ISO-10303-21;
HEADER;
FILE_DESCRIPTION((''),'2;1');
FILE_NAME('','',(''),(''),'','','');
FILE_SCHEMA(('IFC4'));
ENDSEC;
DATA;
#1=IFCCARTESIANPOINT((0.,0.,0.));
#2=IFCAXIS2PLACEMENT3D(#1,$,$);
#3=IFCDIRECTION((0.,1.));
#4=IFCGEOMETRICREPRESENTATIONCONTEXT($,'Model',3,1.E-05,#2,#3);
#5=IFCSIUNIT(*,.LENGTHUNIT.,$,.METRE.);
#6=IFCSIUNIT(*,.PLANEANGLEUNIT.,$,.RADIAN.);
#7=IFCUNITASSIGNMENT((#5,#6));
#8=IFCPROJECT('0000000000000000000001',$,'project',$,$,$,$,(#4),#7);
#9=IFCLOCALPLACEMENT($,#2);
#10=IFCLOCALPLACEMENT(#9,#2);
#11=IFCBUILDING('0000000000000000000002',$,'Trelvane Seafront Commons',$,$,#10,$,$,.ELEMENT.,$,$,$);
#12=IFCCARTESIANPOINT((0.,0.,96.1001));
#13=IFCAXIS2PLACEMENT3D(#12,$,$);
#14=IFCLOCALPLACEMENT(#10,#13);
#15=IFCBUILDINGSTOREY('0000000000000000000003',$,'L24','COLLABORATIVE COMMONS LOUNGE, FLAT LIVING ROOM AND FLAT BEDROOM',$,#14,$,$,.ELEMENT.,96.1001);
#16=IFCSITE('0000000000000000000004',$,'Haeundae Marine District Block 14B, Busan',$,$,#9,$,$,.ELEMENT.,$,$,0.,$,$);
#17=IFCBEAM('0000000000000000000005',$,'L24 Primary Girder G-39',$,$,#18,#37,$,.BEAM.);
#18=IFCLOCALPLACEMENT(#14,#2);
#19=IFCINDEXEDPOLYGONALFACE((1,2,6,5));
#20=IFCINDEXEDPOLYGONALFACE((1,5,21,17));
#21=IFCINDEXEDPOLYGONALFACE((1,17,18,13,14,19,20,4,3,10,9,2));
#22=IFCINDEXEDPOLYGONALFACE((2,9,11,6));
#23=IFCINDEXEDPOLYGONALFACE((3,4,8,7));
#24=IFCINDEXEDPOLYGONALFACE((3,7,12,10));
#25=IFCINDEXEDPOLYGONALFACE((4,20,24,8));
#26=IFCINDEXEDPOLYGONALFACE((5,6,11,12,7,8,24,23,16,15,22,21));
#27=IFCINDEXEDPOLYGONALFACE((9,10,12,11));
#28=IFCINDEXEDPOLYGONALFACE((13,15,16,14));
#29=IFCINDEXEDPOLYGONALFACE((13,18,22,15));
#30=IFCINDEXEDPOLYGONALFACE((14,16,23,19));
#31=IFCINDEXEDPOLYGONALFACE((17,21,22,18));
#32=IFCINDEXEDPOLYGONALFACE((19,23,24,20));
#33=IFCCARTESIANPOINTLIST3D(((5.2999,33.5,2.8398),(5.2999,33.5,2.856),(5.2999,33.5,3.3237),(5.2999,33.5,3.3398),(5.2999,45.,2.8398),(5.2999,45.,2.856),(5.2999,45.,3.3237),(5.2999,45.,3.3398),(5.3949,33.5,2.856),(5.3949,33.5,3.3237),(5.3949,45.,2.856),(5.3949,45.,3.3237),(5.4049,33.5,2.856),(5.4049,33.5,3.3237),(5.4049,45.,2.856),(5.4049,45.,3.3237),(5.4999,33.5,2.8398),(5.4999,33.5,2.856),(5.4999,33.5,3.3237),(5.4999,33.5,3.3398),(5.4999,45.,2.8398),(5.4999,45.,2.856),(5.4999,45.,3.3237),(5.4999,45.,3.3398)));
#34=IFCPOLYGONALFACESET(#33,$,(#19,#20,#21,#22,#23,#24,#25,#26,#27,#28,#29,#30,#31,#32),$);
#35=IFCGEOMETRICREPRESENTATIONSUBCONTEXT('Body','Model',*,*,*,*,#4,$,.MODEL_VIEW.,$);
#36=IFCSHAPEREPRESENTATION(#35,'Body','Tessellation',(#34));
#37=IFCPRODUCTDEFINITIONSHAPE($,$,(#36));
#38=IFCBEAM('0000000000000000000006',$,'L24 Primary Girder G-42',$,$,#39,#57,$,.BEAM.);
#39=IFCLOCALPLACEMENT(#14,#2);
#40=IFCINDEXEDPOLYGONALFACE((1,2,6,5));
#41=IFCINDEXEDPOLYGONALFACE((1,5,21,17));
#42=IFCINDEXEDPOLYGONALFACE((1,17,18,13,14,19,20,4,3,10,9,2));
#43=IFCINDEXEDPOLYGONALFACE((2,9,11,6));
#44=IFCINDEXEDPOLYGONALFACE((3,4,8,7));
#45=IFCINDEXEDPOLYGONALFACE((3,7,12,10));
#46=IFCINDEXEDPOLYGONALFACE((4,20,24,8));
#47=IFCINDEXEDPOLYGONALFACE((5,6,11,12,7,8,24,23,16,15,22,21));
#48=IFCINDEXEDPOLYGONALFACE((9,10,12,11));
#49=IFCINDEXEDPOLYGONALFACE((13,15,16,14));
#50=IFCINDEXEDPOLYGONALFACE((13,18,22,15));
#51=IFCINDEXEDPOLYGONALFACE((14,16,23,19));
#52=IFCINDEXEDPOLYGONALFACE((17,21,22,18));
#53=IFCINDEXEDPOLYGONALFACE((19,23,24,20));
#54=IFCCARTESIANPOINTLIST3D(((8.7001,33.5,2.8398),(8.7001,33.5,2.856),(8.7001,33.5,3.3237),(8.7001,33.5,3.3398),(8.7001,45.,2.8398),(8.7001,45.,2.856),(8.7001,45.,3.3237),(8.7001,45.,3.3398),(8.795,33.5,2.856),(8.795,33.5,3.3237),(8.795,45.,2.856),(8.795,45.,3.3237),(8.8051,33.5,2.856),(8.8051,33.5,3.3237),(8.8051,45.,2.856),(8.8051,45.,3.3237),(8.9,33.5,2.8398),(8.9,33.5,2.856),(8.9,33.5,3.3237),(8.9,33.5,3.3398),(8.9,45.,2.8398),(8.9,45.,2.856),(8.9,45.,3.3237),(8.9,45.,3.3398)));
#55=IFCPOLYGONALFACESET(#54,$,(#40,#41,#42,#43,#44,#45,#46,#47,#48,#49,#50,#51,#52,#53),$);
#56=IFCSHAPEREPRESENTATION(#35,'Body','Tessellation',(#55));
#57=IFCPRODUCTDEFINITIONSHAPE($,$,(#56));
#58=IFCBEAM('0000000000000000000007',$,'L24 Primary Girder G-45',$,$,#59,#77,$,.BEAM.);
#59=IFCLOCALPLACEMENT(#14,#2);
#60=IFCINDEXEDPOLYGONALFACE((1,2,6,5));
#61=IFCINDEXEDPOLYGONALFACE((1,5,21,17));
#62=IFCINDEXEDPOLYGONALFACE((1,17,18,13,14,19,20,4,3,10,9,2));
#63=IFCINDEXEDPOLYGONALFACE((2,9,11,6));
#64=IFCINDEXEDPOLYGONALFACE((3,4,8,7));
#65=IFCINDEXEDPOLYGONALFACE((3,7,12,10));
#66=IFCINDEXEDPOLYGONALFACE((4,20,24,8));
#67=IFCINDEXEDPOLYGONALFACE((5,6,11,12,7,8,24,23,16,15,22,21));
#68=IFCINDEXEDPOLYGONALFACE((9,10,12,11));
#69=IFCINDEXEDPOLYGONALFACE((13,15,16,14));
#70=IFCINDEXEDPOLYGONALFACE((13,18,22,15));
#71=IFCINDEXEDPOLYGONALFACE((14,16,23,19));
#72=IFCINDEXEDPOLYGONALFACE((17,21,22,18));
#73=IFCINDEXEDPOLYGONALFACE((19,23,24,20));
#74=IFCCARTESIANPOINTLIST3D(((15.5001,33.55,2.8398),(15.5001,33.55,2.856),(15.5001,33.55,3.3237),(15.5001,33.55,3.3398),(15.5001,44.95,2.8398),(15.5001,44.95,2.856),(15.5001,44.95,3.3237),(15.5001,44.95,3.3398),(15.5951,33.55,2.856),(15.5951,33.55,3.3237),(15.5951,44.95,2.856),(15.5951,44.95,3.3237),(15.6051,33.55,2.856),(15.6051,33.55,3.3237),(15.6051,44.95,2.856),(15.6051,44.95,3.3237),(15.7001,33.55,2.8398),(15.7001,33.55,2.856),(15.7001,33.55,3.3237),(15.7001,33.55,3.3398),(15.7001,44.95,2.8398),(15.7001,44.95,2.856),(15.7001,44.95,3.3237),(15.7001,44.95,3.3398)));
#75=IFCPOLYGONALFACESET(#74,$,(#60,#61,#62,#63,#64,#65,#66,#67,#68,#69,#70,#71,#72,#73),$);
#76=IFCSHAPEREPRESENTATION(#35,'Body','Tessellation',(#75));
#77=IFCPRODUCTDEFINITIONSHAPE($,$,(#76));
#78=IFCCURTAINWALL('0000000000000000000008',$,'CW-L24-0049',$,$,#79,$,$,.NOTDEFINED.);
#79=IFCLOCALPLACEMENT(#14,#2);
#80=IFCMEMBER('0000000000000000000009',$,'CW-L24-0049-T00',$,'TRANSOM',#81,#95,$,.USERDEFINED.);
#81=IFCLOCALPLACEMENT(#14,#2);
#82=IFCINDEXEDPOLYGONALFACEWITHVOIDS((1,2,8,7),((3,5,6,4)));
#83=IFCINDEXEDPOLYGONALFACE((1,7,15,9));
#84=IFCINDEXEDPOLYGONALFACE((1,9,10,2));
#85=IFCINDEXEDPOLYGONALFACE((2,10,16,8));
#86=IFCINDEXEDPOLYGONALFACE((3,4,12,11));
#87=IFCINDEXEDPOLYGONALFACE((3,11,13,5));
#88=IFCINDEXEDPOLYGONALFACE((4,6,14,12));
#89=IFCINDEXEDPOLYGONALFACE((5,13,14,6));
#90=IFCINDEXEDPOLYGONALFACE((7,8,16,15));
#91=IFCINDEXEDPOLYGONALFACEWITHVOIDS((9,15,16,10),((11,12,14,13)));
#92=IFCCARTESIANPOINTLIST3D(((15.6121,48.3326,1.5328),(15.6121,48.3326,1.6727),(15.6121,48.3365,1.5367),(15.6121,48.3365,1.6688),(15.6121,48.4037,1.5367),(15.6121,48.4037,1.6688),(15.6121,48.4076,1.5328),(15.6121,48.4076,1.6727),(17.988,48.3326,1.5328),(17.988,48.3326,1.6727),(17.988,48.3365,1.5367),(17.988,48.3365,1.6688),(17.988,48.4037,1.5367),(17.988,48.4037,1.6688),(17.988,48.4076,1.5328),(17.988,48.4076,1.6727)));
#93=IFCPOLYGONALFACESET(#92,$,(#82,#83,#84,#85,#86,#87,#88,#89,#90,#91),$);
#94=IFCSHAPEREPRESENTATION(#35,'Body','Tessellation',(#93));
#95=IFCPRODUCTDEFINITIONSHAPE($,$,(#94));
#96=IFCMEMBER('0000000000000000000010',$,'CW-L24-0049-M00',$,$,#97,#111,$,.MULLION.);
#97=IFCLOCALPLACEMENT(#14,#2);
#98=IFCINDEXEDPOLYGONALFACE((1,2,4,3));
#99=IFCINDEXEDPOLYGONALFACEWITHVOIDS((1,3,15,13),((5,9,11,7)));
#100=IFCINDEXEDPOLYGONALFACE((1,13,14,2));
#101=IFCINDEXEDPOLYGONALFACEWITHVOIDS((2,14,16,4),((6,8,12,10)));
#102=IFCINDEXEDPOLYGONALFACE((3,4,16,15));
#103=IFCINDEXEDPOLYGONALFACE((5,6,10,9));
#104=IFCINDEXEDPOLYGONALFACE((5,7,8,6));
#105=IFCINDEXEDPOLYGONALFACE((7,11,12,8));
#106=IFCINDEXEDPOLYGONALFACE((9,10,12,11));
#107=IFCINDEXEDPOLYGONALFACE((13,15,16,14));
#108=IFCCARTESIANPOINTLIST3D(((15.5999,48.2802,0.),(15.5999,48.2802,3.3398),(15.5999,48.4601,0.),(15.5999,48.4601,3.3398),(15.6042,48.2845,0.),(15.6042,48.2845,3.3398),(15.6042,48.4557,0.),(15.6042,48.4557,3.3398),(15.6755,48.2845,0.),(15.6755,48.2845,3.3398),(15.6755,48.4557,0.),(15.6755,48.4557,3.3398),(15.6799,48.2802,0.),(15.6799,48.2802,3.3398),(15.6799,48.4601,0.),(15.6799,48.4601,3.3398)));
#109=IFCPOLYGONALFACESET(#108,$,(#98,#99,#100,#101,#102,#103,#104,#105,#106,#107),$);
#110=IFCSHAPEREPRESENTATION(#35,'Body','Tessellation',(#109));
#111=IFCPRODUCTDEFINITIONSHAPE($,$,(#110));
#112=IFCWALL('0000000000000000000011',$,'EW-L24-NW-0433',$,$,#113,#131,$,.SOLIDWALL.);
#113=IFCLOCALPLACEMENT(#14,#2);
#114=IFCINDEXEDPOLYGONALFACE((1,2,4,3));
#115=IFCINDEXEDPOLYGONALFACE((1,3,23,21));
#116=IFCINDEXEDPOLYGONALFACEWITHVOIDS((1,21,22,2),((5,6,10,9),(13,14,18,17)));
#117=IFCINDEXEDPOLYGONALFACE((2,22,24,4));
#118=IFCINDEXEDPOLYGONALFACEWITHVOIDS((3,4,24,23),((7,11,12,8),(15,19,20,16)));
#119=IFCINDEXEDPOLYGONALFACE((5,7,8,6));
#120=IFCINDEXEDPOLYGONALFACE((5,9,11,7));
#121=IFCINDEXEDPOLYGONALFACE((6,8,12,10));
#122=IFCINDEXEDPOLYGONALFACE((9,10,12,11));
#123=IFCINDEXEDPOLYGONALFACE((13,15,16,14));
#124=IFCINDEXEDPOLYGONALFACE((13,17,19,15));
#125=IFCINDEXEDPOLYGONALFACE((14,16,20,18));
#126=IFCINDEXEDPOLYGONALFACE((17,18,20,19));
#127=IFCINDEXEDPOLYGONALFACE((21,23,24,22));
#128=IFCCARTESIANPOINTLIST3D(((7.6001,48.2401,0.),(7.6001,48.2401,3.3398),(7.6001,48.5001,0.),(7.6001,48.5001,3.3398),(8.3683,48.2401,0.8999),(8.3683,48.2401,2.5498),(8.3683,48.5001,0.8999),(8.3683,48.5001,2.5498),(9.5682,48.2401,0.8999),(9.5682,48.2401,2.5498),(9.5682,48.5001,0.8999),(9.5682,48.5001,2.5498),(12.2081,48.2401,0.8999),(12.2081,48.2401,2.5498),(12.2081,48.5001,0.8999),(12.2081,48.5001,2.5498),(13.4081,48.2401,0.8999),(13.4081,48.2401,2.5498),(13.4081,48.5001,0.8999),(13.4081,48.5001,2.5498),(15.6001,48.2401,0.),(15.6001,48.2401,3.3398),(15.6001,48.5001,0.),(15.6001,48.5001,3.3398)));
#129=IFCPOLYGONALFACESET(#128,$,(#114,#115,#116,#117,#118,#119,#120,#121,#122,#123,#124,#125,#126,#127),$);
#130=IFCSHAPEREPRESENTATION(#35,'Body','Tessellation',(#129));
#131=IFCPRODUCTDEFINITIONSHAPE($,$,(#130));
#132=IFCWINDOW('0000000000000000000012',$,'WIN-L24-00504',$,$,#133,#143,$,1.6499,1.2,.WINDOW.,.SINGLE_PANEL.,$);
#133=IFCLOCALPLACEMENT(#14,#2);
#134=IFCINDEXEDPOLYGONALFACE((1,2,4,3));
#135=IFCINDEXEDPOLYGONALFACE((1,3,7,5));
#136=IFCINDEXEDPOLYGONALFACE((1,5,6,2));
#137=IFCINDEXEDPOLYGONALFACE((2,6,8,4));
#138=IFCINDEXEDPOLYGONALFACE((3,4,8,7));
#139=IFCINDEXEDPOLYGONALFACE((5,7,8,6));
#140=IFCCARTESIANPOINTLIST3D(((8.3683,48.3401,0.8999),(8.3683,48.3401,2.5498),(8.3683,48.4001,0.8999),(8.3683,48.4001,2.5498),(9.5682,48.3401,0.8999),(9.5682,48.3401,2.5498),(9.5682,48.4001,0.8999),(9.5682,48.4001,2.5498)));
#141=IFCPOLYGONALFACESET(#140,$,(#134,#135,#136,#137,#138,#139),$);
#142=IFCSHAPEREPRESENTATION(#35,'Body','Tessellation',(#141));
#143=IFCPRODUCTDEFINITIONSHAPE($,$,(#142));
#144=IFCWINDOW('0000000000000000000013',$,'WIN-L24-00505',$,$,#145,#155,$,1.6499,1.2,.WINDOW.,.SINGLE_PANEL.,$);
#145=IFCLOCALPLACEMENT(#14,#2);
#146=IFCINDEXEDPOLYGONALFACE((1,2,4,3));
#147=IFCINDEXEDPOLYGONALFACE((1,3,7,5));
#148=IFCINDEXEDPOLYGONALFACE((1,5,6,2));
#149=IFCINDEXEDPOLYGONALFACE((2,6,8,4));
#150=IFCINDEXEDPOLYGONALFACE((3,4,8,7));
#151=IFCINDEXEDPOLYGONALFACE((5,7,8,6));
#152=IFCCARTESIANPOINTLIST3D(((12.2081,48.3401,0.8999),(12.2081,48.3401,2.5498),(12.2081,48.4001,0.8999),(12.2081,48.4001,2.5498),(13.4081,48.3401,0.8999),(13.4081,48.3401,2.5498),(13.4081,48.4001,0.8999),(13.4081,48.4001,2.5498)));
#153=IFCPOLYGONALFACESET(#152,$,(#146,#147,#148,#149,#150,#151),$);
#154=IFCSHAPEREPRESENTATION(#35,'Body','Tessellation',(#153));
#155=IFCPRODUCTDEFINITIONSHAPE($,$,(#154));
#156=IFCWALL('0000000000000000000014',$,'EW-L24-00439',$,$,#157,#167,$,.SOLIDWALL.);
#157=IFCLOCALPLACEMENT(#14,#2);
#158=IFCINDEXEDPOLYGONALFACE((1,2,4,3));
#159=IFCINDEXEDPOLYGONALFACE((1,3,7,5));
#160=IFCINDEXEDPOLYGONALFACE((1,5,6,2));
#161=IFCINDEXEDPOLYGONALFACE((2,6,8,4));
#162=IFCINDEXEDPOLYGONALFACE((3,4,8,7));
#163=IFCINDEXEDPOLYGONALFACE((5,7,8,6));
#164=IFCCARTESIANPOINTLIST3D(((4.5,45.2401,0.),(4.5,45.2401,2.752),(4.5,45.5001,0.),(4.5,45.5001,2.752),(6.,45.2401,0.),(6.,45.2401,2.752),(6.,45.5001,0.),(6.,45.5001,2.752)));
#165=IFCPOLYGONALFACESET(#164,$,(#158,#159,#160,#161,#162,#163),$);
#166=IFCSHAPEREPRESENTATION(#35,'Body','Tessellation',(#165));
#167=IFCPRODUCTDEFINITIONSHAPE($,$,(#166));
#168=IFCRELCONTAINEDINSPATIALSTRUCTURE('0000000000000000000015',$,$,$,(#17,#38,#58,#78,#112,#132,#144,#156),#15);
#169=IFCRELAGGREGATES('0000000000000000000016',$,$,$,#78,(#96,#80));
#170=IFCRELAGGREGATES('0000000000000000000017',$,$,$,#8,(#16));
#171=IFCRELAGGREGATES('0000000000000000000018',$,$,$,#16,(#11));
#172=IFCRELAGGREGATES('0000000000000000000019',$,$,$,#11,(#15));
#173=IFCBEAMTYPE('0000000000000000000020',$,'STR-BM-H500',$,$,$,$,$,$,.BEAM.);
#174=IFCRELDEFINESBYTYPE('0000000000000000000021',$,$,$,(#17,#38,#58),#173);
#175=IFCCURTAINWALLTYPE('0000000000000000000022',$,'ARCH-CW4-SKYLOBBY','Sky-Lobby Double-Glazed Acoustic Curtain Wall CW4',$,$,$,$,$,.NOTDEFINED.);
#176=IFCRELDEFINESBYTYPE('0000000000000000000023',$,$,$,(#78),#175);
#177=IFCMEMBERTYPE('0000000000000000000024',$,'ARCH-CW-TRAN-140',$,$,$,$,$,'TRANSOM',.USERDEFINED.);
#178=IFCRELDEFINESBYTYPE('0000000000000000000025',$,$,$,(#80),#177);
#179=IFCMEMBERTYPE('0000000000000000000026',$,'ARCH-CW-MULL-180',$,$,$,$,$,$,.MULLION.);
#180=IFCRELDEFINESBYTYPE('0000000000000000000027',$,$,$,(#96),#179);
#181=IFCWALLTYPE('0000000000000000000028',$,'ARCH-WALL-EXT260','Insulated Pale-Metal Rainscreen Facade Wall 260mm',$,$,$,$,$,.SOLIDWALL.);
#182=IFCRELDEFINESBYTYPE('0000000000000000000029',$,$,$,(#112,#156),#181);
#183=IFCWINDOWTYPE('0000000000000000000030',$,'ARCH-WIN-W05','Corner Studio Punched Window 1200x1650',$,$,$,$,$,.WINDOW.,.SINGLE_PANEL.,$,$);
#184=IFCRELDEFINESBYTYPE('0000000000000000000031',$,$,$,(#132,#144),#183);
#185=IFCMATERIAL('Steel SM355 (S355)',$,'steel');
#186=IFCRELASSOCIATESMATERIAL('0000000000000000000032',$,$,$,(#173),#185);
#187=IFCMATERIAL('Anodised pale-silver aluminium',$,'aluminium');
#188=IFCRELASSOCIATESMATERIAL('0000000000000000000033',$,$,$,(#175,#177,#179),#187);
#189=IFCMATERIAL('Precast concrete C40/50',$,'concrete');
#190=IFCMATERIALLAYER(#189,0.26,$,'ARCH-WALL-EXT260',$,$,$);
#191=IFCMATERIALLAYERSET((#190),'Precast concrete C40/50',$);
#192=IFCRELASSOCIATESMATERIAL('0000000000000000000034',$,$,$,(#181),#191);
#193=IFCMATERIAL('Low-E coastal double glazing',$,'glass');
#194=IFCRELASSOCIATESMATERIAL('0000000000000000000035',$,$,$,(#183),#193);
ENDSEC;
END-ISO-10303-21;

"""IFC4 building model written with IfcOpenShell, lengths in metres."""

from ifc_helpers import new_model, si_unit, direction, frame, frame_2d, origin, origin_2d, place, context, subcontext, project, spatial, rectangle, hollow_rectangle, i_section, extrude, source, transform, mapped, material, layer, layer_set, material_profile, profile_set, type_object, element, fill, aggregate, save


model = new_model("IFC4")

# Units and contexts
model_context = context("Model", 3, precision=1e-05, world=origin(), true_north=direction((0.0, 1.0)))
body_context = subcontext(model_context, "Body", "Model", "MODEL_VIEW")
ifc_project = project(units=[si_unit("LENGTHUNIT", "METRE"), si_unit("PLANEANGLEUNIT", "RADIAN")], contexts=[model_context])

# Site, building, storey
site_placement = place(None, origin())
site = spatial("IfcSite", under=ifc_project, at=site_placement, Name="Haeundae Marine District Block 14B, Busan", CompositionType="ELEMENT", RefElevation=0.0)
building_placement = place(site_placement, origin())
building = spatial("IfcBuilding", under=site, at=building_placement, Name="Trelvane Seafront Commons", CompositionType="ELEMENT")
storey_placement = place(building_placement, frame((0.0, 0.0, 96.1001)))
storey = spatial("IfcBuildingStorey", under=building, at=storey_placement, Name="L24", Description="COLLABORATIVE COMMONS LOUNGE, FLAT LIVING ROOM AND FLAT BEDROOM", CompositionType="ELEMENT", Elevation=96.1001)

# Shared definitions
ifc_material_1 = material(Name="Steel SM355 (S355)", Category="steel")

# Beams
ifc_material_profile_1 = material_profile(ifc_material_1, i_section(OverallWidth=0.2, OverallDepth=0.5, WebThickness=0.01, FlangeThickness=0.0161, at=origin_2d()), Name="H-500x200x10x16")
ifc_profile_set_1 = profile_set([ifc_material_profile_1], Name="Steel SM355 (S355)")
beam_type_1 = type_object("IfcBeamType", Name="STR-BM-H500", PredefinedType="BEAM", material=ifc_profile_set_1)
shared_shape_1 = source(origin(), body_context, "Body", "SweptSolid", [
    extrude(i_section(OverallWidth=0.2, OverallDepth=0.5, WebThickness=0.01, FlangeThickness=0.0161, at=origin_2d()), origin(), (0.0, 0.0, 1.0), 11.5),
])
for number, where, z_axis, x_axis, name in (
    (1, (5.3999, 33.5, 3.0898), (0.0, 1.0, 0.0), (-1.0, 0.0, 0.0), "L24 Primary Girder G-39"),
    (2, (8.8, 33.5, 3.0898), (0.0, 1.0, 0.0), (-1.0, 0.0, 0.0), "L24 Primary Girder G-42"),
):
    element("IfcBeam", number, at=place(storey_placement, frame(where, z_axis=z_axis, x_axis=x_axis)), inside=storey, type_object=beam_type_1, Name=name, PredefinedType="BEAM", context=body_context, shape_type="MappedRepresentation", body=[
        mapped(shared_shape_1, transform((0.0, 0.0, 0.0), x_axis=(1.0, 0.0, 0.0), y_axis=(0.0, 1.0, 0.0), z_axis=(0.0, 0.0, 1.0), scale=1.0)),
    ])
shared_shape_2 = source(origin(), body_context, "Body", "SweptSolid", [
    extrude(i_section(OverallWidth=0.2, OverallDepth=0.5, WebThickness=0.01, FlangeThickness=0.0161, at=origin_2d()), origin(), (0.0, 0.0, 1.0), 11.3999),
])
beam_1_placement = place(storey_placement, frame((15.6001, 33.55, 3.0898), z_axis=(0.0, 1.0, 0.0), x_axis=(-1.0, 0.0, 0.0)))
element("IfcBeam", 3, at=beam_1_placement, inside=storey, type_object=beam_type_1, Name="L24 Primary Girder G-45", PredefinedType="BEAM", context=body_context, shape_type="MappedRepresentation", body=[
    mapped(shared_shape_2, transform((0.0, 0.0, 0.0), x_axis=(1.0, 0.0, 0.0), y_axis=(0.0, 1.0, 0.0), z_axis=(0.0, 0.0, 1.0), scale=1.0)),
])

# Curtain wall, members
ifc_material_2 = material(Name="Anodised pale-silver aluminium", Category="aluminium")
curtain_wall_type = type_object("IfcCurtainWallType", Name="ARCH-CW4-SKYLOBBY", Description="Sky-Lobby Double-Glazed Acoustic Curtain Wall CW4", PredefinedType="NOTDEFINED", material=ifc_material_2)
curtain_wall_placement = place(storey_placement, origin())
curtain_wall = element("IfcCurtainWall", 4, at=curtain_wall_placement, inside=storey, type_object=curtain_wall_type, Name="CW-L24-0049", PredefinedType="NOTDEFINED")
ifc_material_profile_2 = material_profile(ifc_material_2, hollow_rectangle(XDim=0.075, YDim=0.1399, WallThickness=0.0039, at=origin_2d()), Name="TRAN-75x140x4")
ifc_profile_set_2 = profile_set([ifc_material_profile_2], Name="Anodised pale-silver aluminium")
member_type_1 = type_object("IfcMemberType", Name="ARCH-CW-TRAN-140", ElementType="TRANSOM", PredefinedType="USERDEFINED", material=ifc_profile_set_2)
shared_shape_3 = source(origin(), body_context, "Body", "SweptSolid", [
    extrude(hollow_rectangle(XDim=0.075, YDim=0.1399, WallThickness=0.0039, at=origin_2d()), origin(), (0.0, 0.0, 1.0), 2.376),
])
member_1_placement = place(storey_placement, frame((15.6121, 48.3701, 1.6028), z_axis=(1.0, 0.0, 0.0), x_axis=(0.0, 1.0, 0.0)))
member_1 = element("IfcMember", 5, at=member_1_placement, type_object=member_type_1, Name="CW-L24-0049-T00", ObjectType="TRANSOM", PredefinedType="USERDEFINED", context=body_context, shape_type="MappedRepresentation", body=[
    mapped(shared_shape_3, transform((0.0, 0.0, 0.0), x_axis=(1.0, 0.0, 0.0), y_axis=(0.0, 1.0, 0.0), z_axis=(0.0, 0.0, 1.0), scale=1.0)),
])
ifc_material_profile_3 = material_profile(ifc_material_2, hollow_rectangle(XDim=0.0801, YDim=0.1799, WallThickness=0.0044, at=origin_2d()), Name="MULL-80x180x4.5")
ifc_profile_set_3 = profile_set([ifc_material_profile_3], Name="Anodised pale-silver aluminium")
member_type_2 = type_object("IfcMemberType", Name="ARCH-CW-MULL-180", PredefinedType="MULLION", material=ifc_profile_set_3)
shared_shape_4 = source(origin(), body_context, "Body", "SweptSolid", [
    extrude(hollow_rectangle(XDim=0.0801, YDim=0.1799, WallThickness=0.0044, at=origin_2d()), origin(), (0.0, 0.0, 1.0), 3.3398),
])
member_2_placement = place(storey_placement, frame((15.6399, 48.3701, 0.0), z_axis=(0.0, 0.0, 1.0), x_axis=(1.0, 0.0, 0.0)))
member_2 = element("IfcMember", 6, at=member_2_placement, type_object=member_type_2, Name="CW-L24-0049-M00", PredefinedType="MULLION", context=body_context, shape_type="MappedRepresentation", body=[
    mapped(shared_shape_4, transform((0.0, 0.0, 0.0), x_axis=(1.0, 0.0, 0.0), y_axis=(0.0, 1.0, 0.0), z_axis=(0.0, 0.0, 1.0), scale=1.0)),
])
aggregate(curtain_wall, [member_2, member_1])

# Wall, openings, windows
ifc_material_3 = material(Name="Precast concrete C40/50", Category="concrete")
ifc_layer_1 = layer(ifc_material_3, 0.26, Name="ARCH-WALL-EXT260")
ifc_layer_set_1 = layer_set([ifc_layer_1], Name="Precast concrete C40/50")
wall_type_1 = type_object("IfcWallType", Name="ARCH-WALL-EXT260", Description="Insulated Pale-Metal Rainscreen Facade Wall 260mm", PredefinedType="SOLIDWALL", material=ifc_layer_set_1)
wall_1_placement = place(storey_placement, frame((7.6001, 48.3701, 0.0), z_axis=(0.0, 0.0, 1.0), x_axis=(1.0, 0.0, 0.0)))
wall_1 = element("IfcWall", 7, at=wall_1_placement, inside=storey, type_object=wall_type_1, Name="EW-L24-NW-0433", PredefinedType="SOLIDWALL", context=body_context, shape_type="SweptSolid", body=[
    extrude(rectangle(XDim=8.0, YDim=0.26, at=frame_2d((4.0, 0.0))), origin(), (0.0, 0.0, 1.0), 3.3398),
])
opening_1_placement = place(wall_1_placement, frame((0.7681, 0.0, 0.8999)))
opening_1 = element("IfcOpeningElement", 8, at=opening_1_placement, cuts=wall_1, PredefinedType="OPENING", context=body_context, shape_type="SweptSolid", body=[
    extrude(rectangle(XDim=1.2, YDim=1.6499, at=frame_2d((0.6001, 0.825))), frame((0.0, 0.1399, 0.0), z_axis=(0.0, -1.0, 0.0), x_axis=(1.0, 0.0, 0.0)), (0.0, 0.0, 1.0), 0.28),
])
opening_2_placement = place(wall_1_placement, frame((4.6079, 0.0, 0.8999)))
opening_2 = element("IfcOpeningElement", 9, at=opening_2_placement, cuts=wall_1, PredefinedType="OPENING", context=body_context, shape_type="SweptSolid", body=[
    extrude(rectangle(XDim=1.2, YDim=1.6499, at=frame_2d((0.6001, 0.825))), frame((0.0, 0.1399, 0.0), z_axis=(0.0, -1.0, 0.0), x_axis=(1.0, 0.0, 0.0)), (0.0, 0.0, 1.0), 0.28),
])
ifc_material_4 = material(Name="Low-E coastal double glazing", Category="glass")
window_type = type_object("IfcWindowType", Name="ARCH-WIN-W05", Description="Corner Studio Punched Window 1200x1650", PartitioningType="SINGLE_PANEL", PredefinedType="WINDOW", material=ifc_material_4)
shared_shape_5 = source(origin(), body_context, "Body", "SweptSolid", [
    extrude(rectangle(XDim=1.2, YDim=1.6499, at=frame_2d((0.6001, 0.825))), frame((0.0, 0.03, 0.0), z_axis=(0.0, -1.0, 0.0), x_axis=(1.0, 0.0, 0.0)), (0.0, 0.0, 1.0), 0.0601),
])
window_1_placement = place(opening_1_placement, origin())
window_1 = element("IfcWindow", 10, at=window_1_placement, inside=storey, type_object=window_type, Name="WIN-L24-00504", OverallHeight=1.6499, OverallWidth=1.2, PartitioningType="SINGLE_PANEL", PredefinedType="WINDOW", context=body_context, shape_type="MappedRepresentation", body=[
    mapped(shared_shape_5, transform((0.0, 0.0, 0.0), x_axis=(1.0, 0.0, 0.0), y_axis=(0.0, 1.0, 0.0), z_axis=(0.0, 0.0, 1.0), scale=1.0)),
])
fill(opening_1, window_1)
window_2_placement = place(opening_2_placement, origin())
window_2 = element("IfcWindow", 11, at=window_2_placement, inside=storey, type_object=window_type, Name="WIN-L24-00505", OverallHeight=1.6499, OverallWidth=1.2, PartitioningType="SINGLE_PANEL", PredefinedType="WINDOW", context=body_context, shape_type="MappedRepresentation", body=[
    mapped(shared_shape_5, transform((0.0, 0.0, 0.0), x_axis=(1.0, 0.0, 0.0), y_axis=(0.0, 1.0, 0.0), z_axis=(0.0, 0.0, 1.0), scale=1.0)),
])
fill(opening_2, window_2)

# Wall
wall_2_placement = place(storey_placement, frame((4.5, 45.3701, 0.0), z_axis=(0.0, 0.0, 1.0), x_axis=(1.0, 0.0, 0.0)))
element("IfcWall", 12, at=wall_2_placement, inside=storey, type_object=wall_type_1, Name="EW-L24-00439", PredefinedType="SOLIDWALL", context=body_context, shape_type="SweptSolid", body=[
    extrude(rectangle(XDim=1.5, YDim=0.26, at=frame_2d((0.75, 0.0))), origin(), (0.0, 0.0, 1.0), 2.752),
])

save(model, "model.ifc")
